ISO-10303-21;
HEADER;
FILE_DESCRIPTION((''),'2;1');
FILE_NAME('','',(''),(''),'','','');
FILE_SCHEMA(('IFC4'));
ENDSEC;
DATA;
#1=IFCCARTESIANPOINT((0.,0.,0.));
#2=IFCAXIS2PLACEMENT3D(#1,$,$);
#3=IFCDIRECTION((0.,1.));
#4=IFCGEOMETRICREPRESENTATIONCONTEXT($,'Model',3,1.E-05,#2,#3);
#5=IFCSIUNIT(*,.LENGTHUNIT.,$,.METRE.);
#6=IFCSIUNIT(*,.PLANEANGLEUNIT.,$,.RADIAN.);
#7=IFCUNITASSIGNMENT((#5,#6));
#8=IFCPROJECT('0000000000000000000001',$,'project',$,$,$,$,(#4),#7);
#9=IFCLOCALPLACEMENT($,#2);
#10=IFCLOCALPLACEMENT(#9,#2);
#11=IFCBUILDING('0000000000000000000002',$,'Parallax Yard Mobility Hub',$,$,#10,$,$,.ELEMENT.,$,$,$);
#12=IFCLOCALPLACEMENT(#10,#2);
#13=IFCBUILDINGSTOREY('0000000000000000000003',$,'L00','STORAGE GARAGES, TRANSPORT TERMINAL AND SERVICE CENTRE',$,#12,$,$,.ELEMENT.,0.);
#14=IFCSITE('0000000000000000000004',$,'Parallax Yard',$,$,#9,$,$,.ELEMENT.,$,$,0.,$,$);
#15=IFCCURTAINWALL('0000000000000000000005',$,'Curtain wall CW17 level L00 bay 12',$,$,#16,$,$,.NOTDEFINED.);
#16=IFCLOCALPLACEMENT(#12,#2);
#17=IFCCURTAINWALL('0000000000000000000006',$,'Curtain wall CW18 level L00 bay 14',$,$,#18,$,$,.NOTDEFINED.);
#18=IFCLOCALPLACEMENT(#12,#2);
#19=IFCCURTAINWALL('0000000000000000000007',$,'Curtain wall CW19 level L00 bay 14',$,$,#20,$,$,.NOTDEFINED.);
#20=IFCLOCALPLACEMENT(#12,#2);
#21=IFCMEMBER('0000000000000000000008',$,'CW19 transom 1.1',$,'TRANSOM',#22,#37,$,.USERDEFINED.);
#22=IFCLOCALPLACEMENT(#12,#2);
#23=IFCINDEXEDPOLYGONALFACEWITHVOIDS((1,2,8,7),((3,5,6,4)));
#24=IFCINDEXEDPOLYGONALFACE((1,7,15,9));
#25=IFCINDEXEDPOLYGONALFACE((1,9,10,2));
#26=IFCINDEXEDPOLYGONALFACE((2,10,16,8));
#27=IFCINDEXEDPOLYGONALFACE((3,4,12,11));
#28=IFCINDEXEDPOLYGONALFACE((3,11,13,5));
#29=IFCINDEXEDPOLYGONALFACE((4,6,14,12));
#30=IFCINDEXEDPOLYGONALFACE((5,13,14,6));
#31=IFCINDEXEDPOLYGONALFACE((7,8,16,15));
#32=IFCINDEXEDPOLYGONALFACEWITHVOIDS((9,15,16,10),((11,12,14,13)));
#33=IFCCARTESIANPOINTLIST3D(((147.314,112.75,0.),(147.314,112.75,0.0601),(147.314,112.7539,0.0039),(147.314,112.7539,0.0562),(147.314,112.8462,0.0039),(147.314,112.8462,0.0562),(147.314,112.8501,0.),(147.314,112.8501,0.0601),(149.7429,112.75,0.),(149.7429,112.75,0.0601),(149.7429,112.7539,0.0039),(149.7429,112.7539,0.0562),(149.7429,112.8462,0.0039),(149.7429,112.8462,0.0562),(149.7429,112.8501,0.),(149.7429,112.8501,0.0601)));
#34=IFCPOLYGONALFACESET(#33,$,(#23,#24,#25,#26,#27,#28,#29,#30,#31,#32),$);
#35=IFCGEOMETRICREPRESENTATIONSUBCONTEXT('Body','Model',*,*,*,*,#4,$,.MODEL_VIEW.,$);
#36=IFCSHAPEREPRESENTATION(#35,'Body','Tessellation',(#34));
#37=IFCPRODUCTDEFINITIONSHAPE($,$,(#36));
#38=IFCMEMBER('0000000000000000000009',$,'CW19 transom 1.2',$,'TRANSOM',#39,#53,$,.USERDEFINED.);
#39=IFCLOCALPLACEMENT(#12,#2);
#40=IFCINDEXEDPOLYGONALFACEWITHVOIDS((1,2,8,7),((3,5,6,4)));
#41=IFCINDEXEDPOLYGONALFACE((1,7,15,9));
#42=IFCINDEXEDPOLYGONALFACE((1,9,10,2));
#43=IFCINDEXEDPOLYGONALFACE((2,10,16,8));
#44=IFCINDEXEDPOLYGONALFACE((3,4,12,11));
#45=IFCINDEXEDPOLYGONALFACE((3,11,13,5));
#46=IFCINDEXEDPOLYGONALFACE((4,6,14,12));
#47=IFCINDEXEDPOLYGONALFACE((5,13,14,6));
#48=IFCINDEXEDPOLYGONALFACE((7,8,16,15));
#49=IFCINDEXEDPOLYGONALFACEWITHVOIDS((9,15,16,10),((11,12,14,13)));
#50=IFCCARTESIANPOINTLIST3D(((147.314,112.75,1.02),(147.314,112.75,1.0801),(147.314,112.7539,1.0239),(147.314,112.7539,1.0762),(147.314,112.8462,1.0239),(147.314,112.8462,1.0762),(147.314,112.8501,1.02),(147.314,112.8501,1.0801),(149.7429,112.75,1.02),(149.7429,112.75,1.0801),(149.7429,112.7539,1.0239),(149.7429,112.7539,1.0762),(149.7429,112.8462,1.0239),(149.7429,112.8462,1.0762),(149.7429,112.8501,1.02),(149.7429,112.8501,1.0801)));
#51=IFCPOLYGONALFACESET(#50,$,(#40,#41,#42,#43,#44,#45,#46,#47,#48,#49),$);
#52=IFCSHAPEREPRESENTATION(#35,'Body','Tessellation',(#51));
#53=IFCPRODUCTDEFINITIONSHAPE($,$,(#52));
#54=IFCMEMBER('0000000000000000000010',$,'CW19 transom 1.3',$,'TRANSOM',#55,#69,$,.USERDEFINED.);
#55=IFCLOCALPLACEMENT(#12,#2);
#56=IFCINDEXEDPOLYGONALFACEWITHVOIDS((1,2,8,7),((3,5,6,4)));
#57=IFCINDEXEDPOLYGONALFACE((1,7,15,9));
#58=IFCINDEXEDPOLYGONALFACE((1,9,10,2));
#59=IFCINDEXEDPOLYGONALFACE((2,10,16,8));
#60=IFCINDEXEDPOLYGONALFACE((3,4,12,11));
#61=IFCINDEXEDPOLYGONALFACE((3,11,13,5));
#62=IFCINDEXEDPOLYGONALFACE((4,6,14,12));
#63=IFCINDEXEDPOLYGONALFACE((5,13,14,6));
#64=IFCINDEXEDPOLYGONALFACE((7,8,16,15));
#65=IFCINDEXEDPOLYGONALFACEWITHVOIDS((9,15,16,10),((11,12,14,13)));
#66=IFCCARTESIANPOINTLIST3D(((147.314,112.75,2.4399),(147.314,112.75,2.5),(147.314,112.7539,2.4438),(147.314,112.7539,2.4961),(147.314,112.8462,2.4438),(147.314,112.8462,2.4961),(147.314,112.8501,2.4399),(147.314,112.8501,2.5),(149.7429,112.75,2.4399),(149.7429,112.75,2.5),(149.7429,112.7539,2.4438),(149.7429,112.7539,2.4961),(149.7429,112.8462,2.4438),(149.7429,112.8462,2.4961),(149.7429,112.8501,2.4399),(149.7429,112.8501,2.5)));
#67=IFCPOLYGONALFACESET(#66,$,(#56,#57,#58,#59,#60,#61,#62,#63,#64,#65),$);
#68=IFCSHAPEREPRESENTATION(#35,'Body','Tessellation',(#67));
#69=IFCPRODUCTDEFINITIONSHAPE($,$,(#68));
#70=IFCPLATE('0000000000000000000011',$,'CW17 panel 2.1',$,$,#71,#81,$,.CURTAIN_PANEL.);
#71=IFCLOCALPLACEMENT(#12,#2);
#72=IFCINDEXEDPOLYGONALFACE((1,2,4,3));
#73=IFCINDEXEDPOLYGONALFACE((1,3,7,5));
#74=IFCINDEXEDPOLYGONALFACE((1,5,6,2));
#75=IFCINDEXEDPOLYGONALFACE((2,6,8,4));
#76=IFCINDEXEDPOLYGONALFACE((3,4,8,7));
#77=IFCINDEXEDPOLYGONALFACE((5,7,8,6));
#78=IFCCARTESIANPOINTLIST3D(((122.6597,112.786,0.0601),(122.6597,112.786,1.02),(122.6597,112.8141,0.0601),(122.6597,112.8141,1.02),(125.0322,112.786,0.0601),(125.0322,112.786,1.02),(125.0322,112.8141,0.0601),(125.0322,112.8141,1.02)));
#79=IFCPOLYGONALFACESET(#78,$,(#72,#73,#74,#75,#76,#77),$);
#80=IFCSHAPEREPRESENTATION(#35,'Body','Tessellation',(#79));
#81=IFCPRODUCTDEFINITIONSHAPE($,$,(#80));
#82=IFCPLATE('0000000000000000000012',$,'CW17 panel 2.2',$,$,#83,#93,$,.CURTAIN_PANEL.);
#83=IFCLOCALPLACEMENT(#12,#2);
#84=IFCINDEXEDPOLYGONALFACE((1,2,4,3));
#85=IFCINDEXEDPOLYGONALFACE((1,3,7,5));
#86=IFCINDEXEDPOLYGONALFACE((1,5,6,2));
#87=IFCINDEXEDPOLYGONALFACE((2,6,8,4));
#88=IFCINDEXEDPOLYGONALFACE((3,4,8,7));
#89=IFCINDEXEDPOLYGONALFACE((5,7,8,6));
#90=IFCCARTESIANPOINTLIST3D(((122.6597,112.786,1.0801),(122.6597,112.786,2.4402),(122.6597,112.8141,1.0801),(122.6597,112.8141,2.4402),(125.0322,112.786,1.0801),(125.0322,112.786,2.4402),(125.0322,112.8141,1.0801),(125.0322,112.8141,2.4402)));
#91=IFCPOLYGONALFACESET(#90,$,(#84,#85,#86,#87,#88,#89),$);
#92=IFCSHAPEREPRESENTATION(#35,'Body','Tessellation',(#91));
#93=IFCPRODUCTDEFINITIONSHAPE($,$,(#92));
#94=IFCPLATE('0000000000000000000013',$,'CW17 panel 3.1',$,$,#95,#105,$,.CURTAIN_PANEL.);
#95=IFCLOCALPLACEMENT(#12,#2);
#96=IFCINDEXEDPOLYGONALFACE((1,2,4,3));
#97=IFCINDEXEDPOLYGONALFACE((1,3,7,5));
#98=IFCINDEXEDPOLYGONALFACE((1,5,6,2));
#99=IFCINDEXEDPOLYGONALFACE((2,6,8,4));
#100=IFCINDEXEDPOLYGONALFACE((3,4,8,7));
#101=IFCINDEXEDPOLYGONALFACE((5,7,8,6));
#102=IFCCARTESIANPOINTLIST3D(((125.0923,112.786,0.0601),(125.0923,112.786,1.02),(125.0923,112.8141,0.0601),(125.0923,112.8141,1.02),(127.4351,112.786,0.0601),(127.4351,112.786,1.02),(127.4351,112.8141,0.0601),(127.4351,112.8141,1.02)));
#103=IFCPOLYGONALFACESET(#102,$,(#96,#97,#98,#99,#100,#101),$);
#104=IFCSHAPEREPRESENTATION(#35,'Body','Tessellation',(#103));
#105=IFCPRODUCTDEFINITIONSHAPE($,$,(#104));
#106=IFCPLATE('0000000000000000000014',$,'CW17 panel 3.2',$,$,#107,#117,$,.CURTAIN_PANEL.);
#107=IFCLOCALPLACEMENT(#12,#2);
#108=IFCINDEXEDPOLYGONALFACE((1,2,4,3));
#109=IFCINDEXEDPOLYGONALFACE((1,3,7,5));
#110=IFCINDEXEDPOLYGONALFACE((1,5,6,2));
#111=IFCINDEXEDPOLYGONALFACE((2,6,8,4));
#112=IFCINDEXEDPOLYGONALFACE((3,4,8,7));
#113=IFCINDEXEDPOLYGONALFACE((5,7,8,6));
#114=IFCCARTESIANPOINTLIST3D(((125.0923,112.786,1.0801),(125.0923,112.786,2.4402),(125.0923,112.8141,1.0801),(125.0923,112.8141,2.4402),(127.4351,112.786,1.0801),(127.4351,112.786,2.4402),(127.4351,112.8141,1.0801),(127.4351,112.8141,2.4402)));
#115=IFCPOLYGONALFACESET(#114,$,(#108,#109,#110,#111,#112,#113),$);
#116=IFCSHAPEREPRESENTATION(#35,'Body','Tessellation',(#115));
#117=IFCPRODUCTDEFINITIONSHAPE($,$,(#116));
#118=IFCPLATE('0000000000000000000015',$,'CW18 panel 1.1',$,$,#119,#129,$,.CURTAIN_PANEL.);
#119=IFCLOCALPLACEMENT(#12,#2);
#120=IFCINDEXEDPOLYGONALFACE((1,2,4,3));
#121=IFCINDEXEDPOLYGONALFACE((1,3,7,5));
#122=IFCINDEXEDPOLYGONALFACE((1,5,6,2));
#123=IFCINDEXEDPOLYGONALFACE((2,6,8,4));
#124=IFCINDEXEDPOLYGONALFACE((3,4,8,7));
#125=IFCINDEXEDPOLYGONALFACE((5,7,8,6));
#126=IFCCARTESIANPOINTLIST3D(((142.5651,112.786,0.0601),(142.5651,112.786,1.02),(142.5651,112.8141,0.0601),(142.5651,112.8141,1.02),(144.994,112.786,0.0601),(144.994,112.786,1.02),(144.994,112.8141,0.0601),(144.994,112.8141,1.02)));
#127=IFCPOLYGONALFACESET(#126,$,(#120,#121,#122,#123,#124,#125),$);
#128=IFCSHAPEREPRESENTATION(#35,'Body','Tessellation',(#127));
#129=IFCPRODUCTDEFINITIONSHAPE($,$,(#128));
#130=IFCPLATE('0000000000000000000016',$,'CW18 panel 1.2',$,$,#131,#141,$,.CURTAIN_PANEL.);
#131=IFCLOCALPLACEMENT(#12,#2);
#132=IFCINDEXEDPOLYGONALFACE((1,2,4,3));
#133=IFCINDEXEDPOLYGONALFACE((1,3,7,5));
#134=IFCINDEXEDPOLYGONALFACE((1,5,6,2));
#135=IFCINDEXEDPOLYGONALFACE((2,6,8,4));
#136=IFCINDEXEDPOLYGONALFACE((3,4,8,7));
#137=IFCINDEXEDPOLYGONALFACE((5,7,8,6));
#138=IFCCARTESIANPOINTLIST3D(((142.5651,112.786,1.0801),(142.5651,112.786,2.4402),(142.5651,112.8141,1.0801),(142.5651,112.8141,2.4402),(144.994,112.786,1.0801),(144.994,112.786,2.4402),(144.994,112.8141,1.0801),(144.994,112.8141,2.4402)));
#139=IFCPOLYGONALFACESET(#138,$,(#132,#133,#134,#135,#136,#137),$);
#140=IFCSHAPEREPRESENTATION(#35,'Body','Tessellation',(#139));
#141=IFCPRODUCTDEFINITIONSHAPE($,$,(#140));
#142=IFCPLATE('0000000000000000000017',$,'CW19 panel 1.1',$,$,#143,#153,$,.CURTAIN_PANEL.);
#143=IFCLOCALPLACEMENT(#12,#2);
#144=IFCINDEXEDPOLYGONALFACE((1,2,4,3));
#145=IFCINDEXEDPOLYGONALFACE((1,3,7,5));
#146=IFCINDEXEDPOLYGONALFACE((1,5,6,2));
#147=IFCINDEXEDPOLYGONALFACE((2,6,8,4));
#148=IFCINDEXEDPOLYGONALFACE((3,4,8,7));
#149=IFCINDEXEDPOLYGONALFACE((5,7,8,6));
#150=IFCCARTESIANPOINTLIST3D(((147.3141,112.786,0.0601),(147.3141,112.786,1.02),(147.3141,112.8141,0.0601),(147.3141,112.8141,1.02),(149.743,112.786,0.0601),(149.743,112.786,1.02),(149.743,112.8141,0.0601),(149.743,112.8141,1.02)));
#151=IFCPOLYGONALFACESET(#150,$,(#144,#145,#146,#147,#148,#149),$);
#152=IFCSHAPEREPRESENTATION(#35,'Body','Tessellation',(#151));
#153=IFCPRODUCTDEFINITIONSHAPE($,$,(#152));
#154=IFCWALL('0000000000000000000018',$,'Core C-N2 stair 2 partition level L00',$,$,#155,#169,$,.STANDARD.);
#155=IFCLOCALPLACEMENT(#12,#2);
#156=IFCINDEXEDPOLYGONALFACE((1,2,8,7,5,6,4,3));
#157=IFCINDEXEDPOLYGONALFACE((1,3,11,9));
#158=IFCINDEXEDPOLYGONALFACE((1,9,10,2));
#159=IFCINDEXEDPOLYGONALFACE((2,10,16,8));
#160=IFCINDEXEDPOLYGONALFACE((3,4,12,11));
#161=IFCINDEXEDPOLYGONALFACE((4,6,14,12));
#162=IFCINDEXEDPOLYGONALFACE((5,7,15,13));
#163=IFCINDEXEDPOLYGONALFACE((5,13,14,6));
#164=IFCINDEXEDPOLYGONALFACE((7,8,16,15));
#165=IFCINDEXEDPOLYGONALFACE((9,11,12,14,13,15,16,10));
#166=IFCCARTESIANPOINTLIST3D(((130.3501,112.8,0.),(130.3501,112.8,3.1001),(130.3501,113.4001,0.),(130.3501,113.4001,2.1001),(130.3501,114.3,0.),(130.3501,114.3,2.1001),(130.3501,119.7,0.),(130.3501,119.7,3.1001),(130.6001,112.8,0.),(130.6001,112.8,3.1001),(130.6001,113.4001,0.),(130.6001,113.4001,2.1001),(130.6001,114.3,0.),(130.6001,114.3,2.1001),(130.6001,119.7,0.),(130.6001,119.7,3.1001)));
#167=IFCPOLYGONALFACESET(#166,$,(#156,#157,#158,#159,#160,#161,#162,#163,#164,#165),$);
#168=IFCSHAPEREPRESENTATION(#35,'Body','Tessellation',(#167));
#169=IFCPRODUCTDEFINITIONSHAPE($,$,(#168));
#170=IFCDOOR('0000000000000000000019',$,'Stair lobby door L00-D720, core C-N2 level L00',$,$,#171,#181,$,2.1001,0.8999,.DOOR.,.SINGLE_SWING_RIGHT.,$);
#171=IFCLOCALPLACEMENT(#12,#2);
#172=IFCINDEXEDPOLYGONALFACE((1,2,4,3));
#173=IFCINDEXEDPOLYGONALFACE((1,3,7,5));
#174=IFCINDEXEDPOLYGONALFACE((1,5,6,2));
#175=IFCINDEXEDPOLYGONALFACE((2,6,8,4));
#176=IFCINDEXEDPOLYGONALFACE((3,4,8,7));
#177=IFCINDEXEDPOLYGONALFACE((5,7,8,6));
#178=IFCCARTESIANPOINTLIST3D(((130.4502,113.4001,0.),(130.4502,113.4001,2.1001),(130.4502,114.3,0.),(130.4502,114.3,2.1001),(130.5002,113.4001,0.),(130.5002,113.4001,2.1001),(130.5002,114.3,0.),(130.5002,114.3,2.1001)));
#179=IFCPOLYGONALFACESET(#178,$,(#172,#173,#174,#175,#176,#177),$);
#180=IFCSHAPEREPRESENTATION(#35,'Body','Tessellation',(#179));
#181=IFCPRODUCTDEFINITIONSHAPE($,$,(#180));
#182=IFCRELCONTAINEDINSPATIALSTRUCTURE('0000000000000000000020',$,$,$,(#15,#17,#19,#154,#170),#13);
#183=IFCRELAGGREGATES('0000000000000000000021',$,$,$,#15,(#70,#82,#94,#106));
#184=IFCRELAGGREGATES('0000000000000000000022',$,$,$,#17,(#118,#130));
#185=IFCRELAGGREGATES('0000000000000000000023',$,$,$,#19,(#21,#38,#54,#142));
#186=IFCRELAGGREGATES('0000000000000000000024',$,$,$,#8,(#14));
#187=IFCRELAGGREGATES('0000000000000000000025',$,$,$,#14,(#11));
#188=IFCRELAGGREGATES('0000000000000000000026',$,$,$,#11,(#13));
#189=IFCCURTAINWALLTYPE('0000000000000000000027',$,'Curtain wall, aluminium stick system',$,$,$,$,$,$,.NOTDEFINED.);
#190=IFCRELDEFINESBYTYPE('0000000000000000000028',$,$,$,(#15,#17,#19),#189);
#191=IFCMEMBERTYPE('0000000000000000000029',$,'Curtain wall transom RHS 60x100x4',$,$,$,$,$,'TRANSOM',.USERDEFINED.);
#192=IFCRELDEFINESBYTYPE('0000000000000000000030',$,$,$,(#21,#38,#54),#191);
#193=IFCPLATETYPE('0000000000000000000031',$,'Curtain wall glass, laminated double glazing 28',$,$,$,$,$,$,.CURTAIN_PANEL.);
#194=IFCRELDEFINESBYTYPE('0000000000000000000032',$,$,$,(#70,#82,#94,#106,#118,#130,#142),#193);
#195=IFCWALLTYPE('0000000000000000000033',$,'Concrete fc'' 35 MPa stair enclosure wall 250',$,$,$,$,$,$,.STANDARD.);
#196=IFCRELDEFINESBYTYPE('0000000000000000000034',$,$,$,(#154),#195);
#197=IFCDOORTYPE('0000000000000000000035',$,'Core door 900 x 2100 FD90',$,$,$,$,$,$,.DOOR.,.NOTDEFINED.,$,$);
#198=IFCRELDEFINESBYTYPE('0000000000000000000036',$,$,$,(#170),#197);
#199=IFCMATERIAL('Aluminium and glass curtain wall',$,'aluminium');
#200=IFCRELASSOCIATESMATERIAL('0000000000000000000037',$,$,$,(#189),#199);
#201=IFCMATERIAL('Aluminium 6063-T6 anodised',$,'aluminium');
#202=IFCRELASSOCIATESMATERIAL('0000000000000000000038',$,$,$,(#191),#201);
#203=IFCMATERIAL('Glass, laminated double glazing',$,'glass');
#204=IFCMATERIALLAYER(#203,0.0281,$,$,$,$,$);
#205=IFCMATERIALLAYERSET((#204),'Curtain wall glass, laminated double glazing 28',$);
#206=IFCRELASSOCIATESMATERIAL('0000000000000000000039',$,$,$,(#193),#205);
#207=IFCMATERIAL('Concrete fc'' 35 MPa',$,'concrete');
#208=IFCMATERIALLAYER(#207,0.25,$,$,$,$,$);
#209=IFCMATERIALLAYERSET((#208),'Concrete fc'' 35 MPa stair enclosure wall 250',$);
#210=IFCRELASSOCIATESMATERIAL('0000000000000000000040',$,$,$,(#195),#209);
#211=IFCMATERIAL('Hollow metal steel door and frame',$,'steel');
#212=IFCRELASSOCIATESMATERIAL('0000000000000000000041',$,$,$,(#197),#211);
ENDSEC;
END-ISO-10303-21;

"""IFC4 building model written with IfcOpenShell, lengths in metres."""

from ifc_helpers import new_model, si_unit, direction, frame, frame_2d, origin, origin_2d, place, context, subcontext, project, spatial, rectangle, hollow_rectangle, extrude, material, layer, layer_set, material_profile, profile_set, type_object, element, fill, aggregate, save


model = new_model("IFC4")

# Units and contexts
model_context = context("Model", 3, precision=1e-05, world=origin(), true_north=direction((0.0, 1.0)))
body_context = subcontext(model_context, "Body", "Model", "MODEL_VIEW")
ifc_project = project(units=[si_unit("LENGTHUNIT", "METRE"), si_unit("PLANEANGLEUNIT", "RADIAN")], contexts=[model_context])

# Site, building, storey
site_placement = place(None, origin())
site = spatial("IfcSite", under=ifc_project, at=site_placement, Name="Parallax Yard", CompositionType="ELEMENT", RefElevation=0.0)
building_placement = place(site_placement, origin())
building = spatial("IfcBuilding", under=site, at=building_placement, Name="Parallax Yard Mobility Hub", CompositionType="ELEMENT")
storey_placement = place(building_placement, origin())
storey = spatial("IfcBuildingStorey", under=building, at=storey_placement, Name="L00", Description="STORAGE GARAGES, TRANSPORT TERMINAL AND SERVICE CENTRE", CompositionType="ELEMENT", Elevation=0.0)

# Curtain walls
ifc_material_1 = material(Name="Aluminium and glass curtain wall", Category="aluminium")
curtain_wall_type = type_object("IfcCurtainWallType", Name="Curtain wall, aluminium stick system", PredefinedType="NOTDEFINED", material=ifc_material_1)
curtain_wall_1_placement = place(storey_placement, origin())
curtain_wall_1 = element("IfcCurtainWall", 1, at=curtain_wall_1_placement, inside=storey, type_object=curtain_wall_type, Name="Curtain wall CW17 level L00 bay 12", PredefinedType="NOTDEFINED")
ifc_material_2 = material(Name="Aluminium 6063-T6 anodised", Category="aluminium")
curtain_wall_2_placement = place(storey_placement, origin())
curtain_wall_2 = element("IfcCurtainWall", 2, at=curtain_wall_2_placement, inside=storey, type_object=curtain_wall_type, Name="Curtain wall CW18 level L00 bay 14", PredefinedType="NOTDEFINED")

# Curtain wall
curtain_wall_3_placement = place(storey_placement, origin())
curtain_wall_3 = element("IfcCurtainWall", 3, at=curtain_wall_3_placement, inside=storey, type_object=curtain_wall_type, Name="Curtain wall CW19 level L00 bay 14", PredefinedType="NOTDEFINED")

# Members
ifc_material_profile_1 = material_profile(ifc_material_2, hollow_rectangle(XDim=0.1001, YDim=0.0601, WallThickness=0.0039, at=origin_2d()), Name="RHS 60x100x4")
ifc_profile_set_1 = profile_set([ifc_material_profile_1], Name="Aluminium 6063-T6 anodised")
member_type_1 = type_object("IfcMemberType", Name="Curtain wall transom RHS 60x100x4", ElementType="TRANSOM", PredefinedType="USERDEFINED", material=ifc_profile_set_1)
member_1_placement = place(storey_placement, frame((147.314, 112.8, 0.03), z_axis=(1.0, 0.0, 0.0), x_axis=(0.0, 1.0, 0.0)))
member_1 = element("IfcMember", 4, at=member_1_placement, type_object=member_type_1, Name="CW19 transom 1.1", ObjectType="TRANSOM", PredefinedType="USERDEFINED", context=body_context, shape_type="SweptSolid", body=[
    extrude(hollow_rectangle(XDim=0.1001, YDim=0.0601, WallThickness=0.0039, at=origin_2d()), origin(), (0.0, 0.0, 1.0), 2.429),
])
member_2_placement = place(storey_placement, frame((147.314, 112.8, 1.05), z_axis=(1.0, 0.0, 0.0), x_axis=(0.0, 1.0, 0.0)))
member_2 = element("IfcMember", 5, at=member_2_placement, type_object=member_type_1, Name="CW19 transom 1.2", ObjectType="TRANSOM", PredefinedType="USERDEFINED", context=body_context, shape_type="SweptSolid", body=[
    extrude(hollow_rectangle(XDim=0.1001, YDim=0.0601, WallThickness=0.0039, at=origin_2d()), origin(), (0.0, 0.0, 1.0), 2.429),
])
member_3_placement = place(storey_placement, frame((147.314, 112.8, 2.47), z_axis=(1.0, 0.0, 0.0), x_axis=(0.0, 1.0, 0.0)))
member_3 = element("IfcMember", 6, at=member_3_placement, type_object=member_type_1, Name="CW19 transom 1.3", ObjectType="TRANSOM", PredefinedType="USERDEFINED", context=body_context, shape_type="SweptSolid", body=[
    extrude(hollow_rectangle(XDim=0.1001, YDim=0.0601, WallThickness=0.0039, at=origin_2d()), origin(), (0.0, 0.0, 1.0), 2.429),
])

# Plates
ifc_material_3 = material(Name="Glass, laminated double glazing", Category="glass")
ifc_layer_1 = layer(ifc_material_3, 0.0281)
ifc_layer_set_1 = layer_set([ifc_layer_1], Name="Curtain wall glass, laminated double glazing 28")
plate_type = type_object("IfcPlateType", Name="Curtain wall glass, laminated double glazing 28", PredefinedType="CURTAIN_PANEL", material=ifc_layer_set_1)
plate_1_placement = place(storey_placement, frame((123.8459, 112.8, 0.0601), z_axis=(0.0, 0.0, 1.0), x_axis=(1.0, 0.0, 0.0)))
plate_1 = element("IfcPlate", 7, at=plate_1_placement, type_object=plate_type, Name="CW17 panel 2.1", PredefinedType="CURTAIN_PANEL", context=body_context, shape_type="SweptSolid", body=[
    extrude(rectangle(XDim=2.3726, YDim=0.0281, at=origin_2d()), origin(), (0.0, 0.0, 1.0), 0.96),
])
plate_2_placement = place(storey_placement, frame((123.8459, 112.8, 1.0801), z_axis=(0.0, 0.0, 1.0), x_axis=(1.0, 0.0, 0.0)))
plate_2 = element("IfcPlate", 8, at=plate_2_placement, type_object=plate_type, Name="CW17 panel 2.2", PredefinedType="CURTAIN_PANEL", context=body_context, shape_type="SweptSolid", body=[
    extrude(rectangle(XDim=2.3726, YDim=0.0281, at=origin_2d()), origin(), (0.0, 0.0, 1.0), 1.3601),
])
plate_3_placement = place(storey_placement, frame((126.2637, 112.8, 0.0601), z_axis=(0.0, 0.0, 1.0), x_axis=(1.0, 0.0, 0.0)))
plate_3 = element("IfcPlate", 9, at=plate_3_placement, type_object=plate_type, Name="CW17 panel 3.1", PredefinedType="CURTAIN_PANEL", context=body_context, shape_type="SweptSolid", body=[
    extrude(rectangle(XDim=2.3428, YDim=0.0281, at=origin_2d()), origin(), (0.0, 0.0, 1.0), 0.96),
])
plate_4_placement = place(storey_placement, frame((126.2637, 112.8, 1.0801), z_axis=(0.0, 0.0, 1.0), x_axis=(1.0, 0.0, 0.0)))
plate_4 = element("IfcPlate", 10, at=plate_4_placement, type_object=plate_type, Name="CW17 panel 3.2", PredefinedType="CURTAIN_PANEL", context=body_context, shape_type="SweptSolid", body=[
    extrude(rectangle(XDim=2.3428, YDim=0.0281, at=origin_2d()), origin(), (0.0, 0.0, 1.0), 1.3601),
])
aggregate(curtain_wall_1, [plate_1, plate_2, plate_3, plate_4])
plate_5_placement = place(storey_placement, frame((143.7795, 112.8, 0.0601), z_axis=(0.0, 0.0, 1.0), x_axis=(1.0, 0.0, 0.0)))
plate_5 = element("IfcPlate", 11, at=plate_5_placement, type_object=plate_type, Name="CW18 panel 1.1", PredefinedType="CURTAIN_PANEL", context=body_context, shape_type="SweptSolid", body=[
    extrude(rectangle(XDim=2.429, YDim=0.0281, at=origin_2d()), origin(), (0.0, 0.0, 1.0), 0.96),
])
plate_6_placement = place(storey_placement, frame((143.7795, 112.8, 1.0801), z_axis=(0.0, 0.0, 1.0), x_axis=(1.0, 0.0, 0.0)))
plate_6 = element("IfcPlate", 12, at=plate_6_placement, type_object=plate_type, Name="CW18 panel 1.2", PredefinedType="CURTAIN_PANEL", context=body_context, shape_type="SweptSolid", body=[
    extrude(rectangle(XDim=2.429, YDim=0.0281, at=origin_2d()), origin(), (0.0, 0.0, 1.0), 1.3601),
])
aggregate(curtain_wall_2, [plate_5, plate_6])
plate_7_placement = place(storey_placement, frame((148.5286, 112.8, 0.0601), z_axis=(0.0, 0.0, 1.0), x_axis=(1.0, 0.0, 0.0)))
plate_7 = element("IfcPlate", 13, at=plate_7_placement, type_object=plate_type, Name="CW19 panel 1.1", PredefinedType="CURTAIN_PANEL", context=body_context, shape_type="SweptSolid", body=[
    extrude(rectangle(XDim=2.429, YDim=0.0281, at=origin_2d()), origin(), (0.0, 0.0, 1.0), 0.96),
])
aggregate(curtain_wall_3, [member_1, member_2, member_3, plate_7])

# Wall, opening, door
ifc_material_4 = material(Name="Concrete fc' 35 MPa", Category="concrete")
ifc_layer_2 = layer(ifc_material_4, 0.25)
ifc_layer_set_2 = layer_set([ifc_layer_2], Name="Concrete fc' 35 MPa stair enclosure wall 250")
wall_type_1 = type_object("IfcWallType", Name="Concrete fc' 35 MPa stair enclosure wall 250", PredefinedType="STANDARD", material=ifc_layer_set_2)
wall_1_placement = place(storey_placement, frame((130.4751, 112.8, 0.0), z_axis=(0.0, 0.0, 1.0), x_axis=(0.0, 1.0, 0.0)))
wall_1 = element("IfcWall", 14, at=wall_1_placement, inside=storey, type_object=wall_type_1, Name="Core C-N2 stair 2 partition level L00", PredefinedType="STANDARD", context=body_context, shape_type="SweptSolid", body=[
    extrude(rectangle(XDim=6.8999, YDim=0.25, at=frame_2d((3.45, 0.0))), origin(), (0.0, 0.0, 1.0), 3.1001),
])
opening_1_placement = place(wall_1_placement, frame((0.6001, 0.0, 0.0)))
opening_1 = element("IfcOpeningElement", 15, at=opening_1_placement, cuts=wall_1, PredefinedType="OPENING", context=body_context, shape_type="SweptSolid", body=[
    extrude(rectangle(XDim=0.8999, YDim=2.1001, at=frame_2d((0.45, 1.05))), frame((0.0, 0.135, 0.0), z_axis=(0.0, -1.0, 0.0), x_axis=(1.0, 0.0, 0.0)), (0.0, 0.0, 1.0), 0.27),
])
ifc_material_5 = material(Name="Hollow metal steel door and frame", Category="steel")
door_type_1 = type_object("IfcDoorType", Name="Core door 900 x 2100 FD90", OperationType="NOTDEFINED", PredefinedType="DOOR", material=ifc_material_5)
door_1_placement = place(opening_1_placement, origin())
door_1 = element("IfcDoor", 16, at=door_1_placement, inside=storey, type_object=door_type_1, Name="Stair lobby door L00-D720, core C-N2 level L00", OperationType="SINGLE_SWING_RIGHT", OverallHeight=2.1001, OverallWidth=0.8999, PredefinedType="DOOR", context=body_context, shape_type="SweptSolid", body=[
    extrude(rectangle(XDim=0.8999, YDim=2.1001, at=frame_2d((0.45, 1.05))), frame((0.0, 0.0249, 0.0), z_axis=(0.0, -1.0, 0.0), x_axis=(1.0, 0.0, 0.0)), (0.0, 0.0, 1.0), 0.05),
])
fill(opening_1, door_1)

save(model, "model.ifc")
